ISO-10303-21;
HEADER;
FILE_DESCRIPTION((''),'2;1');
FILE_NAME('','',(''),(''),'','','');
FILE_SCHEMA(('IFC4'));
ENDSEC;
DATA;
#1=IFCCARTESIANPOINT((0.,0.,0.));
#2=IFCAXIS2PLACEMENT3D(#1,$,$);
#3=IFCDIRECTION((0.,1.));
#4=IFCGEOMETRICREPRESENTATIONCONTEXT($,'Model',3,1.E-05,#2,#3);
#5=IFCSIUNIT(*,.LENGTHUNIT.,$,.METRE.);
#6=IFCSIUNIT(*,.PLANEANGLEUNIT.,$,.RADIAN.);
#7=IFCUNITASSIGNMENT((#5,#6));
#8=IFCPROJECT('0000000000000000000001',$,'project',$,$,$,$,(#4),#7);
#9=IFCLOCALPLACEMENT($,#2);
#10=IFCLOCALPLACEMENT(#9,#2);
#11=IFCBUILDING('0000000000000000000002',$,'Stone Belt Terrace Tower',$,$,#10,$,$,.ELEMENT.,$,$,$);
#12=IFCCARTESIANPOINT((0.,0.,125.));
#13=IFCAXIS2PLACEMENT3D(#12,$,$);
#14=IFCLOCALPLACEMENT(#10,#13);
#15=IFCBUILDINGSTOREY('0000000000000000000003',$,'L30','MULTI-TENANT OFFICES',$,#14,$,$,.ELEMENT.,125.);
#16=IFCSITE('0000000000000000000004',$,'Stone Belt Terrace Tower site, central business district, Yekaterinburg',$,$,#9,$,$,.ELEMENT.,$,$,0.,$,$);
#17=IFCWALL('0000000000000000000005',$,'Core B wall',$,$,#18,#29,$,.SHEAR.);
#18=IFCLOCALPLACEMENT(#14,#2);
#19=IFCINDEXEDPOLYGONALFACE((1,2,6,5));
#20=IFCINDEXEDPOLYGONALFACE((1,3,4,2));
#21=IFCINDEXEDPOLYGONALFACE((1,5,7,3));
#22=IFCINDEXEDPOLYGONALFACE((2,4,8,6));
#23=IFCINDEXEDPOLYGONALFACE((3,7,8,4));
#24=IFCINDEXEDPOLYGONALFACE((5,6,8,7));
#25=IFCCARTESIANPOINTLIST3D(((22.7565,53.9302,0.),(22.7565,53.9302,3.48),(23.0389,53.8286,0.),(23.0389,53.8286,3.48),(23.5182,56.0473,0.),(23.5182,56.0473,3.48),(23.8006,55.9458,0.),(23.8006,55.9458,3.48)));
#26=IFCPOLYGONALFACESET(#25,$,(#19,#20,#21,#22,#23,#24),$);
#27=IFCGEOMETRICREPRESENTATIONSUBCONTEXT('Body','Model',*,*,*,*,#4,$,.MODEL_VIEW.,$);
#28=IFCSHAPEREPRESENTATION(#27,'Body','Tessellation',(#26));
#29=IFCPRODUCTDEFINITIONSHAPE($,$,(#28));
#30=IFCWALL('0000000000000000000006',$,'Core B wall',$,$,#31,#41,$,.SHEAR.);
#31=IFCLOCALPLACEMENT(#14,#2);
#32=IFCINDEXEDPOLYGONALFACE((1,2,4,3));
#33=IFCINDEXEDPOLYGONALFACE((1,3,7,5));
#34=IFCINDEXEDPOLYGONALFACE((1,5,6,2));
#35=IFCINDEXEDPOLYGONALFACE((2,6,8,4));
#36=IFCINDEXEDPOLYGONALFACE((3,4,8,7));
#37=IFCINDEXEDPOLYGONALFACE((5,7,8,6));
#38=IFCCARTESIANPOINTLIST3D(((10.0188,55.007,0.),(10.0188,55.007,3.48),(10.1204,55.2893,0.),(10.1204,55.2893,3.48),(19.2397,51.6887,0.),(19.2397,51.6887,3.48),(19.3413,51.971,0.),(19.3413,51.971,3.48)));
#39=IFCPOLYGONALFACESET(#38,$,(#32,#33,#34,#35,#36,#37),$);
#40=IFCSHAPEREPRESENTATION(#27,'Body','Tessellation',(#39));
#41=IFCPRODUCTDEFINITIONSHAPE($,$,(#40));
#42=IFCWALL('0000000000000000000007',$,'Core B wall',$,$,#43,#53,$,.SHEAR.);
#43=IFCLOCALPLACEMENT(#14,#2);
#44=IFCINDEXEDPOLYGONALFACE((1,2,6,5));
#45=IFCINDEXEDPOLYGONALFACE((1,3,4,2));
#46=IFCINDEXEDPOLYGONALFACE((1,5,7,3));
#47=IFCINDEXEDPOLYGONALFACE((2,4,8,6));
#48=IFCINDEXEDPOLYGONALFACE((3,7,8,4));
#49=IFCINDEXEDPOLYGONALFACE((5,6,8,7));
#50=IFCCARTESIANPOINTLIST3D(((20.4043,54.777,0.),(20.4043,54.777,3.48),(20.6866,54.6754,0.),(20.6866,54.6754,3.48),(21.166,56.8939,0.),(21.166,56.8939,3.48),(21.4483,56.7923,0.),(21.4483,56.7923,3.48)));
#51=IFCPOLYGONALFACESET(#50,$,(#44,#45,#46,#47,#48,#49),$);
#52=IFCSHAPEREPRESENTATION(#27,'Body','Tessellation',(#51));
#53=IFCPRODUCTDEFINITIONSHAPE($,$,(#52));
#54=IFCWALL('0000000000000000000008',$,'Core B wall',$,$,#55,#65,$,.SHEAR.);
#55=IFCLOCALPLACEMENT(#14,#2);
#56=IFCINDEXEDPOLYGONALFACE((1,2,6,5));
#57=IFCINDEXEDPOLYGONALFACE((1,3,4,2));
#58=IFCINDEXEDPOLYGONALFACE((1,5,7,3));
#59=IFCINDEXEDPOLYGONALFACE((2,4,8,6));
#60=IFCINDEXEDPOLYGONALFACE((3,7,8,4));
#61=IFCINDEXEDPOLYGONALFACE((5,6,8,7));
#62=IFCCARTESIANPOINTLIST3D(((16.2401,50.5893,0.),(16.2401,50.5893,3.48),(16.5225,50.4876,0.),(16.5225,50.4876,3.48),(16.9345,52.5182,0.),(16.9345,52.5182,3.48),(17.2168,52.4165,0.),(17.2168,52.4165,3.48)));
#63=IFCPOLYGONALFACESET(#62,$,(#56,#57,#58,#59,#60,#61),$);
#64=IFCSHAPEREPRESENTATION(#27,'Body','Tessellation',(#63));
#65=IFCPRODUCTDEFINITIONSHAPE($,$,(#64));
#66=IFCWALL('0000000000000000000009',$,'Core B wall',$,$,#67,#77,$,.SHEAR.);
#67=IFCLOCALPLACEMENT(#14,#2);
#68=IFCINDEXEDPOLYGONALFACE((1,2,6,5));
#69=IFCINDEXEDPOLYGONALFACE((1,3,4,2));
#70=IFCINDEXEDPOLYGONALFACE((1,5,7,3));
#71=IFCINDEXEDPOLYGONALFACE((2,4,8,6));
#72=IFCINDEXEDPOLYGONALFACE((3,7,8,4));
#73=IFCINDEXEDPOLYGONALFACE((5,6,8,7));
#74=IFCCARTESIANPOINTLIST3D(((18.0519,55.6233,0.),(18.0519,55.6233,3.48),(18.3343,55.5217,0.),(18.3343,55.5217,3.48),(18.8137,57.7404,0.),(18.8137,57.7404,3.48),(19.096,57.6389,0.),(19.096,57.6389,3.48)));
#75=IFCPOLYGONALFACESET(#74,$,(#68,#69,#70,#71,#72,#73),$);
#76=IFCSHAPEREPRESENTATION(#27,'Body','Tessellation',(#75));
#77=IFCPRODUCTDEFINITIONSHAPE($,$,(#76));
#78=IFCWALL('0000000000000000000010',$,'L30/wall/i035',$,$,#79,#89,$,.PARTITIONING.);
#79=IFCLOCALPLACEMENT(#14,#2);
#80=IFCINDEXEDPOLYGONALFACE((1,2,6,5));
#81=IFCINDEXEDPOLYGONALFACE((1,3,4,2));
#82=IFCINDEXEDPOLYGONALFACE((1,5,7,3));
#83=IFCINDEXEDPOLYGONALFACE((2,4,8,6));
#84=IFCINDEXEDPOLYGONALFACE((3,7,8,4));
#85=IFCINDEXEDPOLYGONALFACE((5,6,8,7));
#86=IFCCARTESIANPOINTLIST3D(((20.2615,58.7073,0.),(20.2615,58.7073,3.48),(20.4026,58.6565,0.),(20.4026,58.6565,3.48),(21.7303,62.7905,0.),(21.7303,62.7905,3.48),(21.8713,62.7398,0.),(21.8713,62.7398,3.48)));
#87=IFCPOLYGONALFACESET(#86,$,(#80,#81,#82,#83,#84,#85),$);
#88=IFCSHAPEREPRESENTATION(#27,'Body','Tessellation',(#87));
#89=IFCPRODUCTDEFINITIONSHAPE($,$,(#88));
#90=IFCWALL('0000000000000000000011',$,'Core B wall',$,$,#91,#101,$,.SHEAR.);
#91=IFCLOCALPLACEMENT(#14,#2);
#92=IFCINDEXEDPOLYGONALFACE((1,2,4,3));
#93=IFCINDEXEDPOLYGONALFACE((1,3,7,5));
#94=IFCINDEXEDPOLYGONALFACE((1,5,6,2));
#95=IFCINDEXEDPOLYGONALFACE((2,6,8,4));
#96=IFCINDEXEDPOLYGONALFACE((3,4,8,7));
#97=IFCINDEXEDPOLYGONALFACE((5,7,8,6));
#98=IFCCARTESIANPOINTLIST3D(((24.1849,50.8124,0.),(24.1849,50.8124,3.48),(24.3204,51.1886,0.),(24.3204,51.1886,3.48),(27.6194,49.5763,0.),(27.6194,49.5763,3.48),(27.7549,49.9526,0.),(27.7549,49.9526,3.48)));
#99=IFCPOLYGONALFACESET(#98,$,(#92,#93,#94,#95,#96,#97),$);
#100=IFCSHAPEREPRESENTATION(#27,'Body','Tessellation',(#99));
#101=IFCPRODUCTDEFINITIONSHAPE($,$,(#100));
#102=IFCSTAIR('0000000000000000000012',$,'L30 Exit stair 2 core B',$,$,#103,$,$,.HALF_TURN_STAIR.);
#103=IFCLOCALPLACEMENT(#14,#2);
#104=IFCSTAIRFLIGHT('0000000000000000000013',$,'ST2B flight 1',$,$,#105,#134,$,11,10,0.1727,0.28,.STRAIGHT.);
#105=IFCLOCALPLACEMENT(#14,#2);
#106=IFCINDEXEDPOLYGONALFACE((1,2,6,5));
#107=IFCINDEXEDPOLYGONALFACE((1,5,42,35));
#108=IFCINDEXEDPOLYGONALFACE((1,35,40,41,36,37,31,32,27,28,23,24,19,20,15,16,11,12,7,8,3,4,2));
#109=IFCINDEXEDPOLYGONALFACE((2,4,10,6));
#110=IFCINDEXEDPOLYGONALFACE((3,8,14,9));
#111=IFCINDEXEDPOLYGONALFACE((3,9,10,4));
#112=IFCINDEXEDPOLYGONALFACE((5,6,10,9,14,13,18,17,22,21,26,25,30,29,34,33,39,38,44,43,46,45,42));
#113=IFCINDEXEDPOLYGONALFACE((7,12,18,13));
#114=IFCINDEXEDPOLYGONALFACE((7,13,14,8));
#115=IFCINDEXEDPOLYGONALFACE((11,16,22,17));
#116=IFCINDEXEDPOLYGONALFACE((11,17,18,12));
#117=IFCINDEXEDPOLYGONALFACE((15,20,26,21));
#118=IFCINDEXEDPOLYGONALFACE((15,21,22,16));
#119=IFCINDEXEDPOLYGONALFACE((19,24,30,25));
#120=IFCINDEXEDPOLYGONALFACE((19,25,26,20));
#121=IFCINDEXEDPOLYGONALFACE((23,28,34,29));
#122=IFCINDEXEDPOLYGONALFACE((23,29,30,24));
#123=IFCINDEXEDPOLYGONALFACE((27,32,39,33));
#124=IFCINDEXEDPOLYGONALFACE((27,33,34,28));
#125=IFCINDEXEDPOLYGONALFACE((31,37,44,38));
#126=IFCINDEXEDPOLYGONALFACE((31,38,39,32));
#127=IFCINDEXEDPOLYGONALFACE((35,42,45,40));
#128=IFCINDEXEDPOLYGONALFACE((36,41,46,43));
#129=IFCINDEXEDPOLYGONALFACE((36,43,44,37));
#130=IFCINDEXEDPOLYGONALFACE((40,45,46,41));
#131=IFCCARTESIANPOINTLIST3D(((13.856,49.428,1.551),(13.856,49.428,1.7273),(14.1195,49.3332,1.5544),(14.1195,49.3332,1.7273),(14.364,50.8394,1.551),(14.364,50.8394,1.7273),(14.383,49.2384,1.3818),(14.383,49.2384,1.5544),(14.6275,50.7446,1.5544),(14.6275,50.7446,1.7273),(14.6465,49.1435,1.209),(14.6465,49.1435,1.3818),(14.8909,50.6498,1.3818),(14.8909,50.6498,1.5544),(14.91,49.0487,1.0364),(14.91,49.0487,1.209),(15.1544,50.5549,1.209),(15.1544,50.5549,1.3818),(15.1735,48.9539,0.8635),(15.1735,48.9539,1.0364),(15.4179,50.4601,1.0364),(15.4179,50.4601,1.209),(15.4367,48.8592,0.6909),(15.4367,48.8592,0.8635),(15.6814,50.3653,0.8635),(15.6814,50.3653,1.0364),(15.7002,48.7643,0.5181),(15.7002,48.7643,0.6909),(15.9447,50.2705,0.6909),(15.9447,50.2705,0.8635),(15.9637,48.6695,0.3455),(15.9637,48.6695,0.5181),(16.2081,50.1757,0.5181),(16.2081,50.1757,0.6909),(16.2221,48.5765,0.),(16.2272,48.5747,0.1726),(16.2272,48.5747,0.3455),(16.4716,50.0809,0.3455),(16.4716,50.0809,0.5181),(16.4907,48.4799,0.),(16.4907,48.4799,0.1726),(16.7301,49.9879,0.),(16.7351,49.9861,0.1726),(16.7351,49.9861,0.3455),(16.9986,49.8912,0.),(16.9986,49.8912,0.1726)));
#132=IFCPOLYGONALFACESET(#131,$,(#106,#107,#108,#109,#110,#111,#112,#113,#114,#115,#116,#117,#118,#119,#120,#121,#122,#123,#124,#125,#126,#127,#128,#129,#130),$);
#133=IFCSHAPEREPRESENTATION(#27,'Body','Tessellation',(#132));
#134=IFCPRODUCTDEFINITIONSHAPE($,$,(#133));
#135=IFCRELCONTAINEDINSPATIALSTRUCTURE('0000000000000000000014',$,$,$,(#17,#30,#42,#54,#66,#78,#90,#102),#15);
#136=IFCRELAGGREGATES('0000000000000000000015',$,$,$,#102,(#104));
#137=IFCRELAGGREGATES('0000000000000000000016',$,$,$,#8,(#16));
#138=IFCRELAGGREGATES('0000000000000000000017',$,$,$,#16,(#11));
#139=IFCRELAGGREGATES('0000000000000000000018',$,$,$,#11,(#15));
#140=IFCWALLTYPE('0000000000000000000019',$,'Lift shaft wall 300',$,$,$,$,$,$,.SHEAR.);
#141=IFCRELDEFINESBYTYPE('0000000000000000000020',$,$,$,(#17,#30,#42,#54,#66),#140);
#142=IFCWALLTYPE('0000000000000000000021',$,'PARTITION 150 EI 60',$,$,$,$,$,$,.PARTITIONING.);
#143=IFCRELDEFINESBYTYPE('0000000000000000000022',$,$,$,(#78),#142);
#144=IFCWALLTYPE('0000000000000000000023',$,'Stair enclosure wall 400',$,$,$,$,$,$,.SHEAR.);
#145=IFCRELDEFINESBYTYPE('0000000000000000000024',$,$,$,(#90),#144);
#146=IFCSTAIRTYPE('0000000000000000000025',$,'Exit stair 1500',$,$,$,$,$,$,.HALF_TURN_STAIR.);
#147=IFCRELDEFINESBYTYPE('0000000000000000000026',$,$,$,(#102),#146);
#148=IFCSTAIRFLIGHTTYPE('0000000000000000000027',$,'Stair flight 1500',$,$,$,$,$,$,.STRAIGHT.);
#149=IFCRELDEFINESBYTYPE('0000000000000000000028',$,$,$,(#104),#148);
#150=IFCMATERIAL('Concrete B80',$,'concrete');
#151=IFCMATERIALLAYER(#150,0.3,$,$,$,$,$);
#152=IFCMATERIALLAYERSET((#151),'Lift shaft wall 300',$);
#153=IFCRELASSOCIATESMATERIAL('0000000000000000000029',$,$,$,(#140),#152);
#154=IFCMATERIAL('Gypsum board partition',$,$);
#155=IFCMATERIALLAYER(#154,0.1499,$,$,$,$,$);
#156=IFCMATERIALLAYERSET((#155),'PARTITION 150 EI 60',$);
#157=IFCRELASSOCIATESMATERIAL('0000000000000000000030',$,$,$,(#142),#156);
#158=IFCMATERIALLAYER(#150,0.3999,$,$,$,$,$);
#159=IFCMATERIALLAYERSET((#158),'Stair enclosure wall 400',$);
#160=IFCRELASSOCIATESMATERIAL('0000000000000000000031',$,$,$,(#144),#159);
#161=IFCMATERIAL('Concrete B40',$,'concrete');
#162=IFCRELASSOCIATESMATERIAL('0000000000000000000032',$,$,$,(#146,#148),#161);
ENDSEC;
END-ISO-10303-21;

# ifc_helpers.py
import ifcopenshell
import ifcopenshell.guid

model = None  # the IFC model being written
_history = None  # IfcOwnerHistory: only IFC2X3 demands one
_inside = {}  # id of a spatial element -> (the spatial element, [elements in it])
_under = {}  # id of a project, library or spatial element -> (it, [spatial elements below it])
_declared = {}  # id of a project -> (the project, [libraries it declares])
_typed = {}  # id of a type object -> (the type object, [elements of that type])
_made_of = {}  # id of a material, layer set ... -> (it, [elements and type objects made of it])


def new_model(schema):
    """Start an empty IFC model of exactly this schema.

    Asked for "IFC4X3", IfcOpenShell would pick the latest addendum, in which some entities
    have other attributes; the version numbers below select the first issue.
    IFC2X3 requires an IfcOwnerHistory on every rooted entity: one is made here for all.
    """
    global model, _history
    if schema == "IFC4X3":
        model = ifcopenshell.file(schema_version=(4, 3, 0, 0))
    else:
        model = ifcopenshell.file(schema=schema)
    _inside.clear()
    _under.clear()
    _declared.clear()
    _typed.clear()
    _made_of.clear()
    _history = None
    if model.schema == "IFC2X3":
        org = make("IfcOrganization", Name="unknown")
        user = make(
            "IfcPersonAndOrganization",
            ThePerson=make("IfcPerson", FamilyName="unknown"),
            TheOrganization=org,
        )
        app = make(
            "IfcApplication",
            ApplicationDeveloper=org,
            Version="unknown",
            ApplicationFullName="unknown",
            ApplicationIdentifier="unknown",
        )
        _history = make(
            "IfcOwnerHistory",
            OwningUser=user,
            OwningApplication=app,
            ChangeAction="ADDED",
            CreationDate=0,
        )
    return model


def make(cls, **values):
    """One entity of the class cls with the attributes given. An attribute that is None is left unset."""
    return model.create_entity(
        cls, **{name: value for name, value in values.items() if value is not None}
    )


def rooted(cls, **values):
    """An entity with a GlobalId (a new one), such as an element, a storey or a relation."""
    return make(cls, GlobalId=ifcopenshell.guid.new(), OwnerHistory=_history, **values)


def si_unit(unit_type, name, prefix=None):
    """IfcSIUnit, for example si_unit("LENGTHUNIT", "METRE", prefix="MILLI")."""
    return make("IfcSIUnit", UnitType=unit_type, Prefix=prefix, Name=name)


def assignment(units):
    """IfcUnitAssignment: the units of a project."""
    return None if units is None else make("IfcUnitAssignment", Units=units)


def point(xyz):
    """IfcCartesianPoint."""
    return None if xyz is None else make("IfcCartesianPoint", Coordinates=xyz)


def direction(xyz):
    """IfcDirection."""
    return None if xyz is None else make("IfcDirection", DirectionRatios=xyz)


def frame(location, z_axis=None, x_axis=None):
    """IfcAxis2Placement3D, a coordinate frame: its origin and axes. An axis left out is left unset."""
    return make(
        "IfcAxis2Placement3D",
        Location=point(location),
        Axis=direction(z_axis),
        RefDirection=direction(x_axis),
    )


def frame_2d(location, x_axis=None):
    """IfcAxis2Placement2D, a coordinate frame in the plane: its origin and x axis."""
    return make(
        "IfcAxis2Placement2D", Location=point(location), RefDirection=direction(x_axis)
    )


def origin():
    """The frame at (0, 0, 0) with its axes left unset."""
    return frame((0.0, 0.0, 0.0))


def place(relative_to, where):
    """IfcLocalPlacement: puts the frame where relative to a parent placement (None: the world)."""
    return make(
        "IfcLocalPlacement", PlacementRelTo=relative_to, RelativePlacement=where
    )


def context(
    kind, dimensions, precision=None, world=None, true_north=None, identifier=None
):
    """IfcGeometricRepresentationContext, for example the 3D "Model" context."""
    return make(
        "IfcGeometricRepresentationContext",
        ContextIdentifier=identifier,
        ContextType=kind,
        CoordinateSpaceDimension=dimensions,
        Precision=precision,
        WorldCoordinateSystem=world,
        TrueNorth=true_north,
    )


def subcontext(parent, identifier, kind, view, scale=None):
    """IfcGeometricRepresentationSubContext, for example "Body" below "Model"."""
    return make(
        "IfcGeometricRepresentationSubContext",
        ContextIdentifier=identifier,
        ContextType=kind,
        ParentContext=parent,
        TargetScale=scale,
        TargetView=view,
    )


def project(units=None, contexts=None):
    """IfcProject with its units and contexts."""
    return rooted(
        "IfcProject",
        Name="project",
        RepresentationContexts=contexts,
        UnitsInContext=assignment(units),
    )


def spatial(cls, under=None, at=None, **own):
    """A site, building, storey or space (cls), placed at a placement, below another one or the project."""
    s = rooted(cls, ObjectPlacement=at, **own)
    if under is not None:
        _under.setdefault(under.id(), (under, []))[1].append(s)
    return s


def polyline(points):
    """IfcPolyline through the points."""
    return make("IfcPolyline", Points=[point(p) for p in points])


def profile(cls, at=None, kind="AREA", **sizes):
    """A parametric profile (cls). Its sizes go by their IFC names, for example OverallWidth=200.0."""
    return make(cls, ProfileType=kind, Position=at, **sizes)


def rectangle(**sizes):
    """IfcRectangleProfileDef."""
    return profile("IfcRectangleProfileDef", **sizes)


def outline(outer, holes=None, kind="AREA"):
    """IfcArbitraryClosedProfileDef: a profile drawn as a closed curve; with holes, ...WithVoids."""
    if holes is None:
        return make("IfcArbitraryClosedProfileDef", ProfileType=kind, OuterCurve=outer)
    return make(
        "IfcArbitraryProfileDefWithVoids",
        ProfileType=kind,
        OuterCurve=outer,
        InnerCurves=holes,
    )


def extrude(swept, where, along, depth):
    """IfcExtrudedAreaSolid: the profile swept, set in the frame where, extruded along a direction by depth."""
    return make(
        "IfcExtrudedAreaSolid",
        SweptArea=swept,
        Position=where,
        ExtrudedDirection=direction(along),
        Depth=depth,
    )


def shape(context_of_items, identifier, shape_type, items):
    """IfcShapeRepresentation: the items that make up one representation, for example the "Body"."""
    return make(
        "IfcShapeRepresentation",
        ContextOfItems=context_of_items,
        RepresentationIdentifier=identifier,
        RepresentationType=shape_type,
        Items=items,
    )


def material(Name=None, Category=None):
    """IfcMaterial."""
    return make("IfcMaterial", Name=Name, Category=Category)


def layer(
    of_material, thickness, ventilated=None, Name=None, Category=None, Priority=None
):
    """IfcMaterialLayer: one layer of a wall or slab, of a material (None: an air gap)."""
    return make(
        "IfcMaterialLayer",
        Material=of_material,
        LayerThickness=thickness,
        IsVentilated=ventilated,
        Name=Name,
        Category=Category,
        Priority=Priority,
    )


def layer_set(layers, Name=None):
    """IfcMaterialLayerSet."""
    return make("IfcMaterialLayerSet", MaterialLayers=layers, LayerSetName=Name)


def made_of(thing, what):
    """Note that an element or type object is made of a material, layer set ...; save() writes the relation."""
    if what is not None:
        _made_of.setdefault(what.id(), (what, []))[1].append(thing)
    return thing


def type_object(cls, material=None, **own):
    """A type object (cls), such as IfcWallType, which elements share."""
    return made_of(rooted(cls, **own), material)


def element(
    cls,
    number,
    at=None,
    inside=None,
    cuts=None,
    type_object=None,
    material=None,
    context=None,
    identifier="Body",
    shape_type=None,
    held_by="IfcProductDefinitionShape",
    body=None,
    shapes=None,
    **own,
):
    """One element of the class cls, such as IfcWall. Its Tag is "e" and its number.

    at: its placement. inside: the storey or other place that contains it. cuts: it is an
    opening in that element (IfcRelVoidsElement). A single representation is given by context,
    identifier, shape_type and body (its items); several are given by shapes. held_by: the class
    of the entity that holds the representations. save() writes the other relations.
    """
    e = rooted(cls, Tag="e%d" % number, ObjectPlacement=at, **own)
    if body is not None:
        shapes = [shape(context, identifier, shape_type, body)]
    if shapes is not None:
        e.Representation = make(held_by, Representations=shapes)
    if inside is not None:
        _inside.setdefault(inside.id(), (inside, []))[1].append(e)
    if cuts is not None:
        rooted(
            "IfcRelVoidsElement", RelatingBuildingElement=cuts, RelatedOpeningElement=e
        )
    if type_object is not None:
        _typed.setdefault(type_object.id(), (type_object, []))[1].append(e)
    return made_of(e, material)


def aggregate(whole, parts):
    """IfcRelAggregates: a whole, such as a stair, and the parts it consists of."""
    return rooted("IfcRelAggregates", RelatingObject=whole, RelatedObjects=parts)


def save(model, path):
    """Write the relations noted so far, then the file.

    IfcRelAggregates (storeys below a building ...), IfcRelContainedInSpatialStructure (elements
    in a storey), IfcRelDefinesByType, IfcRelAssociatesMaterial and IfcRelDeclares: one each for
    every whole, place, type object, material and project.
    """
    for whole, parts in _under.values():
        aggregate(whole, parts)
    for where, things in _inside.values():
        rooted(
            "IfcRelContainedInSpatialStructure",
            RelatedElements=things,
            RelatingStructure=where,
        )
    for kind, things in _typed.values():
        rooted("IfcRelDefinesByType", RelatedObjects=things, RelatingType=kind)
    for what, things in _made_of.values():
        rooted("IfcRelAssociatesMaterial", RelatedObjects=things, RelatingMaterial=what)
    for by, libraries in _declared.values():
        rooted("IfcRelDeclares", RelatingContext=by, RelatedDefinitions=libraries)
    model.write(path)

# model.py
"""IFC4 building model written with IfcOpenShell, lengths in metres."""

from ifc_helpers import new_model, si_unit, direction, frame, frame_2d, origin, place, context, subcontext, project, spatial, polyline, rectangle, outline, extrude, material, layer, layer_set, type_object, element, aggregate, save


model = new_model("IFC4")

# Units and contexts
model_context = context("Model", 3, precision=1e-05, world=origin(), true_north=direction((0.0, 1.0)))
body_context = subcontext(model_context, "Body", "Model", "MODEL_VIEW")
ifc_project = project(units=[si_unit("LENGTHUNIT", "METRE"), si_unit("PLANEANGLEUNIT", "RADIAN")], contexts=[model_context])

# Site, building, storey
site_placement = place(None, origin())
site = spatial("IfcSite", under=ifc_project, at=site_placement, Name="Stone Belt Terrace Tower site, central business district, Yekaterinburg", CompositionType="ELEMENT", RefElevation=0.0)
building_placement = place(site_placement, origin())
building = spatial("IfcBuilding", under=site, at=building_placement, Name="Stone Belt Terrace Tower", CompositionType="ELEMENT")
storey_placement = place(building_placement, frame((0.0, 0.0, 125.0)))
storey = spatial("IfcBuildingStorey", under=building, at=storey_placement, Name="L30", Description="MULTI-TENANT OFFICES", CompositionType="ELEMENT", Elevation=125.0)

# Shared definitions
ifc_material_1 = material(Name="Concrete B80", Category="concrete")

# Shared definitions
ifc_layer_1 = layer(ifc_material_1, 0.3)
ifc_layer_set_1 = layer_set([ifc_layer_1], Name="Lift shaft wall 300")
wall_type_1 = type_object("IfcWallType", Name="Lift shaft wall 300", PredefinedType="SHEAR", material=ifc_layer_set_1)

# Walls
wall_1_placement = place(storey_placement, frame((22.8977, 53.8794, 0.0), z_axis=(0.0, 0.0, 1.0), x_axis=(0.338535, 0.940954, 0.0)))
element("IfcWall", 1, at=wall_1_placement, inside=storey, type_object=wall_type_1, Name="Core B wall", PredefinedType="SHEAR", context=body_context, shape_type="SweptSolid", body=[
    extrude(rectangle(XDim=2.25, YDim=0.3, at=frame_2d((1.125, 0.0))), origin(), (0.0, 0.0, 1.0), 3.48),
])
wall_2_placement = place(storey_placement, frame((19.2905, 51.8298, 0.0), z_axis=(0.0, 0.0, 1.0), x_axis=(-0.940926, 0.338613, 0.0)))
element("IfcWall", 2, at=wall_2_placement, inside=storey, type_object=wall_type_1, Name="Core B wall", PredefinedType="SHEAR", context=body_context, shape_type="SweptSolid", body=[
    extrude(rectangle(XDim=9.7998, YDim=0.3, at=frame_2d((4.8999, 0.0))), origin(), (0.0, 0.0, 1.0), 3.48),
])
wall_3_placement = place(storey_placement, frame((20.5454, 54.7261, 0.0), z_axis=(0.0, 0.0, 1.0), x_axis=(0.33857, 0.940941, 0.0)))
element("IfcWall", 3, at=wall_3_placement, inside=storey, type_object=wall_type_1, Name="Core B wall", PredefinedType="SHEAR", context=body_context, shape_type="SweptSolid", body=[
    extrude(rectangle(XDim=2.2498, YDim=0.3, at=frame_2d((1.125, 0.0))), origin(), (0.0, 0.0, 1.0), 3.48),
])
wall_4_placement = place(storey_placement, frame((16.3813, 50.5386, 0.0), z_axis=(0.0, 0.0, 1.0), x_axis=(0.338682, 0.940901, 0.0)))
element("IfcWall", 4, at=wall_4_placement, inside=storey, type_object=wall_type_1, Name="Core B wall", PredefinedType="SHEAR", context=body_context, shape_type="SweptSolid", body=[
    extrude(rectangle(XDim=2.05, YDim=0.3, at=frame_2d((1.0249, 0.0))), origin(), (0.0, 0.0, 1.0), 3.48),
])
wall_5_placement = place(storey_placement, frame((18.1931, 55.5725, 0.0), z_axis=(0.0, 0.0, 1.0), x_axis=(0.338535, 0.940954, 0.0)))
element("IfcWall", 5, at=wall_5_placement, inside=storey, type_object=wall_type_1, Name="Core B wall", PredefinedType="SHEAR", context=body_context, shape_type="SweptSolid", body=[
    extrude(rectangle(XDim=2.25, YDim=0.3, at=frame_2d((1.125, 0.0))), origin(), (0.0, 0.0, 1.0), 3.48),
])
ifc_material_2 = material(Name="Gypsum board partition")
ifc_layer_2 = layer(ifc_material_2, 0.1499)
ifc_layer_set_2 = layer_set([ifc_layer_2], Name="PARTITION 150 EI 60")
wall_type_2 = type_object("IfcWallType", Name="PARTITION 150 EI 60", PredefinedType="PARTITIONING", material=ifc_layer_set_2)
wall_6_placement = place(storey_placement, frame((21.8008, 62.7651, 0.0), z_axis=(0.0, 0.0, 1.0), x_axis=(-0.33847, -0.940977, 0.0)))
element("IfcWall", 6, at=wall_6_placement, inside=storey, type_object=wall_type_2, Name="L30/wall/i035", PredefinedType="PARTITIONING", context=body_context, shape_type="SweptSolid", body=[
    extrude(rectangle(XDim=4.3394, YDim=0.1499, at=frame_2d((2.1697, 0.0))), origin(), (0.0, 0.0, 1.0), 3.48),
])
ifc_layer_3 = layer(ifc_material_1, 0.3999)
ifc_layer_set_3 = layer_set([ifc_layer_3], Name="Stair enclosure wall 400")
wall_type_3 = type_object("IfcWallType", Name="Stair enclosure wall 400", PredefinedType="SHEAR", material=ifc_layer_set_3)
wall_7_placement = place(storey_placement, frame((27.6873, 49.7644, 0.0), z_axis=(0.0, 0.0, 1.0), x_axis=(-0.940919, 0.338632, 0.0)))
element("IfcWall", 7, at=wall_7_placement, inside=storey, type_object=wall_type_3, Name="Core B wall", PredefinedType="SHEAR", context=body_context, shape_type="SweptSolid", body=[
    extrude(rectangle(XDim=3.6501, YDim=0.3999, at=frame_2d((1.8252, 0.0))), origin(), (0.0, 0.0, 1.0), 3.48),
])

# Stair, stair flight
ifc_material_3 = material(Name="Concrete B40", Category="concrete")
stair_type = type_object("IfcStairType", Name="Exit stair 1500", PredefinedType="HALF_TURN_STAIR", material=ifc_material_3)
stair_placement = place(storey_placement, origin())
stair = element("IfcStair", 8, at=stair_placement, inside=storey, type_object=stair_type, Name="L30 Exit stair 2 core B", PredefinedType="HALF_TURN_STAIR")
stair_flight_type = type_object("IfcStairFlightType", Name="Stair flight 1500", PredefinedType="STRAIGHT", material=ifc_material_3)
stair_flight_placement = place(storey_placement, frame((16.7446, 49.1855, 0.0), z_axis=(0.0, 0.0, 1.0), x_axis=(-0.940922, 0.338624, 0.0)))
stair_flight = element("IfcStairFlight", 9, at=stair_flight_placement, type_object=stair_flight_type, Name="ST2B flight 1", NumberOfRisers=11, NumberOfTreads=10, PredefinedType="STRAIGHT", RiserHeight=0.1727, TreadLength=0.28, context=body_context, shape_type="SweptSolid", body=[
    extrude(outline(polyline([(0.0, 0.0), (0.0, 0.1726), (0.28, 0.1726), (0.28, 0.3455), (0.5601, 0.3455), (0.5601, 0.5181), (0.8401, 0.5181), (0.8401, 0.6909), (1.1201, 0.6909), (1.1201, 0.8635), (1.3999, 0.8635), (1.3999, 1.0364), (1.6799, 1.0364), (1.6799, 1.209), (1.96, 1.209), (1.96, 1.3818), (2.24, 1.3818), (2.24, 1.5544), (2.52, 1.5544), (2.52, 1.7273), (2.8, 1.7273), (2.8, 1.8999), (2.8, 1.551), (0.2854, 0.0), (0.0, 0.0)])), frame((0.0, 0.75, 0.0), z_axis=(0.0, -1.0, 0.0), x_axis=(1.0, 0.0, 0.0)), (0.0, 0.0, 1.0), 1.5),
])
aggregate(stair, [stair_flight])

save(model, "model.ifc")
